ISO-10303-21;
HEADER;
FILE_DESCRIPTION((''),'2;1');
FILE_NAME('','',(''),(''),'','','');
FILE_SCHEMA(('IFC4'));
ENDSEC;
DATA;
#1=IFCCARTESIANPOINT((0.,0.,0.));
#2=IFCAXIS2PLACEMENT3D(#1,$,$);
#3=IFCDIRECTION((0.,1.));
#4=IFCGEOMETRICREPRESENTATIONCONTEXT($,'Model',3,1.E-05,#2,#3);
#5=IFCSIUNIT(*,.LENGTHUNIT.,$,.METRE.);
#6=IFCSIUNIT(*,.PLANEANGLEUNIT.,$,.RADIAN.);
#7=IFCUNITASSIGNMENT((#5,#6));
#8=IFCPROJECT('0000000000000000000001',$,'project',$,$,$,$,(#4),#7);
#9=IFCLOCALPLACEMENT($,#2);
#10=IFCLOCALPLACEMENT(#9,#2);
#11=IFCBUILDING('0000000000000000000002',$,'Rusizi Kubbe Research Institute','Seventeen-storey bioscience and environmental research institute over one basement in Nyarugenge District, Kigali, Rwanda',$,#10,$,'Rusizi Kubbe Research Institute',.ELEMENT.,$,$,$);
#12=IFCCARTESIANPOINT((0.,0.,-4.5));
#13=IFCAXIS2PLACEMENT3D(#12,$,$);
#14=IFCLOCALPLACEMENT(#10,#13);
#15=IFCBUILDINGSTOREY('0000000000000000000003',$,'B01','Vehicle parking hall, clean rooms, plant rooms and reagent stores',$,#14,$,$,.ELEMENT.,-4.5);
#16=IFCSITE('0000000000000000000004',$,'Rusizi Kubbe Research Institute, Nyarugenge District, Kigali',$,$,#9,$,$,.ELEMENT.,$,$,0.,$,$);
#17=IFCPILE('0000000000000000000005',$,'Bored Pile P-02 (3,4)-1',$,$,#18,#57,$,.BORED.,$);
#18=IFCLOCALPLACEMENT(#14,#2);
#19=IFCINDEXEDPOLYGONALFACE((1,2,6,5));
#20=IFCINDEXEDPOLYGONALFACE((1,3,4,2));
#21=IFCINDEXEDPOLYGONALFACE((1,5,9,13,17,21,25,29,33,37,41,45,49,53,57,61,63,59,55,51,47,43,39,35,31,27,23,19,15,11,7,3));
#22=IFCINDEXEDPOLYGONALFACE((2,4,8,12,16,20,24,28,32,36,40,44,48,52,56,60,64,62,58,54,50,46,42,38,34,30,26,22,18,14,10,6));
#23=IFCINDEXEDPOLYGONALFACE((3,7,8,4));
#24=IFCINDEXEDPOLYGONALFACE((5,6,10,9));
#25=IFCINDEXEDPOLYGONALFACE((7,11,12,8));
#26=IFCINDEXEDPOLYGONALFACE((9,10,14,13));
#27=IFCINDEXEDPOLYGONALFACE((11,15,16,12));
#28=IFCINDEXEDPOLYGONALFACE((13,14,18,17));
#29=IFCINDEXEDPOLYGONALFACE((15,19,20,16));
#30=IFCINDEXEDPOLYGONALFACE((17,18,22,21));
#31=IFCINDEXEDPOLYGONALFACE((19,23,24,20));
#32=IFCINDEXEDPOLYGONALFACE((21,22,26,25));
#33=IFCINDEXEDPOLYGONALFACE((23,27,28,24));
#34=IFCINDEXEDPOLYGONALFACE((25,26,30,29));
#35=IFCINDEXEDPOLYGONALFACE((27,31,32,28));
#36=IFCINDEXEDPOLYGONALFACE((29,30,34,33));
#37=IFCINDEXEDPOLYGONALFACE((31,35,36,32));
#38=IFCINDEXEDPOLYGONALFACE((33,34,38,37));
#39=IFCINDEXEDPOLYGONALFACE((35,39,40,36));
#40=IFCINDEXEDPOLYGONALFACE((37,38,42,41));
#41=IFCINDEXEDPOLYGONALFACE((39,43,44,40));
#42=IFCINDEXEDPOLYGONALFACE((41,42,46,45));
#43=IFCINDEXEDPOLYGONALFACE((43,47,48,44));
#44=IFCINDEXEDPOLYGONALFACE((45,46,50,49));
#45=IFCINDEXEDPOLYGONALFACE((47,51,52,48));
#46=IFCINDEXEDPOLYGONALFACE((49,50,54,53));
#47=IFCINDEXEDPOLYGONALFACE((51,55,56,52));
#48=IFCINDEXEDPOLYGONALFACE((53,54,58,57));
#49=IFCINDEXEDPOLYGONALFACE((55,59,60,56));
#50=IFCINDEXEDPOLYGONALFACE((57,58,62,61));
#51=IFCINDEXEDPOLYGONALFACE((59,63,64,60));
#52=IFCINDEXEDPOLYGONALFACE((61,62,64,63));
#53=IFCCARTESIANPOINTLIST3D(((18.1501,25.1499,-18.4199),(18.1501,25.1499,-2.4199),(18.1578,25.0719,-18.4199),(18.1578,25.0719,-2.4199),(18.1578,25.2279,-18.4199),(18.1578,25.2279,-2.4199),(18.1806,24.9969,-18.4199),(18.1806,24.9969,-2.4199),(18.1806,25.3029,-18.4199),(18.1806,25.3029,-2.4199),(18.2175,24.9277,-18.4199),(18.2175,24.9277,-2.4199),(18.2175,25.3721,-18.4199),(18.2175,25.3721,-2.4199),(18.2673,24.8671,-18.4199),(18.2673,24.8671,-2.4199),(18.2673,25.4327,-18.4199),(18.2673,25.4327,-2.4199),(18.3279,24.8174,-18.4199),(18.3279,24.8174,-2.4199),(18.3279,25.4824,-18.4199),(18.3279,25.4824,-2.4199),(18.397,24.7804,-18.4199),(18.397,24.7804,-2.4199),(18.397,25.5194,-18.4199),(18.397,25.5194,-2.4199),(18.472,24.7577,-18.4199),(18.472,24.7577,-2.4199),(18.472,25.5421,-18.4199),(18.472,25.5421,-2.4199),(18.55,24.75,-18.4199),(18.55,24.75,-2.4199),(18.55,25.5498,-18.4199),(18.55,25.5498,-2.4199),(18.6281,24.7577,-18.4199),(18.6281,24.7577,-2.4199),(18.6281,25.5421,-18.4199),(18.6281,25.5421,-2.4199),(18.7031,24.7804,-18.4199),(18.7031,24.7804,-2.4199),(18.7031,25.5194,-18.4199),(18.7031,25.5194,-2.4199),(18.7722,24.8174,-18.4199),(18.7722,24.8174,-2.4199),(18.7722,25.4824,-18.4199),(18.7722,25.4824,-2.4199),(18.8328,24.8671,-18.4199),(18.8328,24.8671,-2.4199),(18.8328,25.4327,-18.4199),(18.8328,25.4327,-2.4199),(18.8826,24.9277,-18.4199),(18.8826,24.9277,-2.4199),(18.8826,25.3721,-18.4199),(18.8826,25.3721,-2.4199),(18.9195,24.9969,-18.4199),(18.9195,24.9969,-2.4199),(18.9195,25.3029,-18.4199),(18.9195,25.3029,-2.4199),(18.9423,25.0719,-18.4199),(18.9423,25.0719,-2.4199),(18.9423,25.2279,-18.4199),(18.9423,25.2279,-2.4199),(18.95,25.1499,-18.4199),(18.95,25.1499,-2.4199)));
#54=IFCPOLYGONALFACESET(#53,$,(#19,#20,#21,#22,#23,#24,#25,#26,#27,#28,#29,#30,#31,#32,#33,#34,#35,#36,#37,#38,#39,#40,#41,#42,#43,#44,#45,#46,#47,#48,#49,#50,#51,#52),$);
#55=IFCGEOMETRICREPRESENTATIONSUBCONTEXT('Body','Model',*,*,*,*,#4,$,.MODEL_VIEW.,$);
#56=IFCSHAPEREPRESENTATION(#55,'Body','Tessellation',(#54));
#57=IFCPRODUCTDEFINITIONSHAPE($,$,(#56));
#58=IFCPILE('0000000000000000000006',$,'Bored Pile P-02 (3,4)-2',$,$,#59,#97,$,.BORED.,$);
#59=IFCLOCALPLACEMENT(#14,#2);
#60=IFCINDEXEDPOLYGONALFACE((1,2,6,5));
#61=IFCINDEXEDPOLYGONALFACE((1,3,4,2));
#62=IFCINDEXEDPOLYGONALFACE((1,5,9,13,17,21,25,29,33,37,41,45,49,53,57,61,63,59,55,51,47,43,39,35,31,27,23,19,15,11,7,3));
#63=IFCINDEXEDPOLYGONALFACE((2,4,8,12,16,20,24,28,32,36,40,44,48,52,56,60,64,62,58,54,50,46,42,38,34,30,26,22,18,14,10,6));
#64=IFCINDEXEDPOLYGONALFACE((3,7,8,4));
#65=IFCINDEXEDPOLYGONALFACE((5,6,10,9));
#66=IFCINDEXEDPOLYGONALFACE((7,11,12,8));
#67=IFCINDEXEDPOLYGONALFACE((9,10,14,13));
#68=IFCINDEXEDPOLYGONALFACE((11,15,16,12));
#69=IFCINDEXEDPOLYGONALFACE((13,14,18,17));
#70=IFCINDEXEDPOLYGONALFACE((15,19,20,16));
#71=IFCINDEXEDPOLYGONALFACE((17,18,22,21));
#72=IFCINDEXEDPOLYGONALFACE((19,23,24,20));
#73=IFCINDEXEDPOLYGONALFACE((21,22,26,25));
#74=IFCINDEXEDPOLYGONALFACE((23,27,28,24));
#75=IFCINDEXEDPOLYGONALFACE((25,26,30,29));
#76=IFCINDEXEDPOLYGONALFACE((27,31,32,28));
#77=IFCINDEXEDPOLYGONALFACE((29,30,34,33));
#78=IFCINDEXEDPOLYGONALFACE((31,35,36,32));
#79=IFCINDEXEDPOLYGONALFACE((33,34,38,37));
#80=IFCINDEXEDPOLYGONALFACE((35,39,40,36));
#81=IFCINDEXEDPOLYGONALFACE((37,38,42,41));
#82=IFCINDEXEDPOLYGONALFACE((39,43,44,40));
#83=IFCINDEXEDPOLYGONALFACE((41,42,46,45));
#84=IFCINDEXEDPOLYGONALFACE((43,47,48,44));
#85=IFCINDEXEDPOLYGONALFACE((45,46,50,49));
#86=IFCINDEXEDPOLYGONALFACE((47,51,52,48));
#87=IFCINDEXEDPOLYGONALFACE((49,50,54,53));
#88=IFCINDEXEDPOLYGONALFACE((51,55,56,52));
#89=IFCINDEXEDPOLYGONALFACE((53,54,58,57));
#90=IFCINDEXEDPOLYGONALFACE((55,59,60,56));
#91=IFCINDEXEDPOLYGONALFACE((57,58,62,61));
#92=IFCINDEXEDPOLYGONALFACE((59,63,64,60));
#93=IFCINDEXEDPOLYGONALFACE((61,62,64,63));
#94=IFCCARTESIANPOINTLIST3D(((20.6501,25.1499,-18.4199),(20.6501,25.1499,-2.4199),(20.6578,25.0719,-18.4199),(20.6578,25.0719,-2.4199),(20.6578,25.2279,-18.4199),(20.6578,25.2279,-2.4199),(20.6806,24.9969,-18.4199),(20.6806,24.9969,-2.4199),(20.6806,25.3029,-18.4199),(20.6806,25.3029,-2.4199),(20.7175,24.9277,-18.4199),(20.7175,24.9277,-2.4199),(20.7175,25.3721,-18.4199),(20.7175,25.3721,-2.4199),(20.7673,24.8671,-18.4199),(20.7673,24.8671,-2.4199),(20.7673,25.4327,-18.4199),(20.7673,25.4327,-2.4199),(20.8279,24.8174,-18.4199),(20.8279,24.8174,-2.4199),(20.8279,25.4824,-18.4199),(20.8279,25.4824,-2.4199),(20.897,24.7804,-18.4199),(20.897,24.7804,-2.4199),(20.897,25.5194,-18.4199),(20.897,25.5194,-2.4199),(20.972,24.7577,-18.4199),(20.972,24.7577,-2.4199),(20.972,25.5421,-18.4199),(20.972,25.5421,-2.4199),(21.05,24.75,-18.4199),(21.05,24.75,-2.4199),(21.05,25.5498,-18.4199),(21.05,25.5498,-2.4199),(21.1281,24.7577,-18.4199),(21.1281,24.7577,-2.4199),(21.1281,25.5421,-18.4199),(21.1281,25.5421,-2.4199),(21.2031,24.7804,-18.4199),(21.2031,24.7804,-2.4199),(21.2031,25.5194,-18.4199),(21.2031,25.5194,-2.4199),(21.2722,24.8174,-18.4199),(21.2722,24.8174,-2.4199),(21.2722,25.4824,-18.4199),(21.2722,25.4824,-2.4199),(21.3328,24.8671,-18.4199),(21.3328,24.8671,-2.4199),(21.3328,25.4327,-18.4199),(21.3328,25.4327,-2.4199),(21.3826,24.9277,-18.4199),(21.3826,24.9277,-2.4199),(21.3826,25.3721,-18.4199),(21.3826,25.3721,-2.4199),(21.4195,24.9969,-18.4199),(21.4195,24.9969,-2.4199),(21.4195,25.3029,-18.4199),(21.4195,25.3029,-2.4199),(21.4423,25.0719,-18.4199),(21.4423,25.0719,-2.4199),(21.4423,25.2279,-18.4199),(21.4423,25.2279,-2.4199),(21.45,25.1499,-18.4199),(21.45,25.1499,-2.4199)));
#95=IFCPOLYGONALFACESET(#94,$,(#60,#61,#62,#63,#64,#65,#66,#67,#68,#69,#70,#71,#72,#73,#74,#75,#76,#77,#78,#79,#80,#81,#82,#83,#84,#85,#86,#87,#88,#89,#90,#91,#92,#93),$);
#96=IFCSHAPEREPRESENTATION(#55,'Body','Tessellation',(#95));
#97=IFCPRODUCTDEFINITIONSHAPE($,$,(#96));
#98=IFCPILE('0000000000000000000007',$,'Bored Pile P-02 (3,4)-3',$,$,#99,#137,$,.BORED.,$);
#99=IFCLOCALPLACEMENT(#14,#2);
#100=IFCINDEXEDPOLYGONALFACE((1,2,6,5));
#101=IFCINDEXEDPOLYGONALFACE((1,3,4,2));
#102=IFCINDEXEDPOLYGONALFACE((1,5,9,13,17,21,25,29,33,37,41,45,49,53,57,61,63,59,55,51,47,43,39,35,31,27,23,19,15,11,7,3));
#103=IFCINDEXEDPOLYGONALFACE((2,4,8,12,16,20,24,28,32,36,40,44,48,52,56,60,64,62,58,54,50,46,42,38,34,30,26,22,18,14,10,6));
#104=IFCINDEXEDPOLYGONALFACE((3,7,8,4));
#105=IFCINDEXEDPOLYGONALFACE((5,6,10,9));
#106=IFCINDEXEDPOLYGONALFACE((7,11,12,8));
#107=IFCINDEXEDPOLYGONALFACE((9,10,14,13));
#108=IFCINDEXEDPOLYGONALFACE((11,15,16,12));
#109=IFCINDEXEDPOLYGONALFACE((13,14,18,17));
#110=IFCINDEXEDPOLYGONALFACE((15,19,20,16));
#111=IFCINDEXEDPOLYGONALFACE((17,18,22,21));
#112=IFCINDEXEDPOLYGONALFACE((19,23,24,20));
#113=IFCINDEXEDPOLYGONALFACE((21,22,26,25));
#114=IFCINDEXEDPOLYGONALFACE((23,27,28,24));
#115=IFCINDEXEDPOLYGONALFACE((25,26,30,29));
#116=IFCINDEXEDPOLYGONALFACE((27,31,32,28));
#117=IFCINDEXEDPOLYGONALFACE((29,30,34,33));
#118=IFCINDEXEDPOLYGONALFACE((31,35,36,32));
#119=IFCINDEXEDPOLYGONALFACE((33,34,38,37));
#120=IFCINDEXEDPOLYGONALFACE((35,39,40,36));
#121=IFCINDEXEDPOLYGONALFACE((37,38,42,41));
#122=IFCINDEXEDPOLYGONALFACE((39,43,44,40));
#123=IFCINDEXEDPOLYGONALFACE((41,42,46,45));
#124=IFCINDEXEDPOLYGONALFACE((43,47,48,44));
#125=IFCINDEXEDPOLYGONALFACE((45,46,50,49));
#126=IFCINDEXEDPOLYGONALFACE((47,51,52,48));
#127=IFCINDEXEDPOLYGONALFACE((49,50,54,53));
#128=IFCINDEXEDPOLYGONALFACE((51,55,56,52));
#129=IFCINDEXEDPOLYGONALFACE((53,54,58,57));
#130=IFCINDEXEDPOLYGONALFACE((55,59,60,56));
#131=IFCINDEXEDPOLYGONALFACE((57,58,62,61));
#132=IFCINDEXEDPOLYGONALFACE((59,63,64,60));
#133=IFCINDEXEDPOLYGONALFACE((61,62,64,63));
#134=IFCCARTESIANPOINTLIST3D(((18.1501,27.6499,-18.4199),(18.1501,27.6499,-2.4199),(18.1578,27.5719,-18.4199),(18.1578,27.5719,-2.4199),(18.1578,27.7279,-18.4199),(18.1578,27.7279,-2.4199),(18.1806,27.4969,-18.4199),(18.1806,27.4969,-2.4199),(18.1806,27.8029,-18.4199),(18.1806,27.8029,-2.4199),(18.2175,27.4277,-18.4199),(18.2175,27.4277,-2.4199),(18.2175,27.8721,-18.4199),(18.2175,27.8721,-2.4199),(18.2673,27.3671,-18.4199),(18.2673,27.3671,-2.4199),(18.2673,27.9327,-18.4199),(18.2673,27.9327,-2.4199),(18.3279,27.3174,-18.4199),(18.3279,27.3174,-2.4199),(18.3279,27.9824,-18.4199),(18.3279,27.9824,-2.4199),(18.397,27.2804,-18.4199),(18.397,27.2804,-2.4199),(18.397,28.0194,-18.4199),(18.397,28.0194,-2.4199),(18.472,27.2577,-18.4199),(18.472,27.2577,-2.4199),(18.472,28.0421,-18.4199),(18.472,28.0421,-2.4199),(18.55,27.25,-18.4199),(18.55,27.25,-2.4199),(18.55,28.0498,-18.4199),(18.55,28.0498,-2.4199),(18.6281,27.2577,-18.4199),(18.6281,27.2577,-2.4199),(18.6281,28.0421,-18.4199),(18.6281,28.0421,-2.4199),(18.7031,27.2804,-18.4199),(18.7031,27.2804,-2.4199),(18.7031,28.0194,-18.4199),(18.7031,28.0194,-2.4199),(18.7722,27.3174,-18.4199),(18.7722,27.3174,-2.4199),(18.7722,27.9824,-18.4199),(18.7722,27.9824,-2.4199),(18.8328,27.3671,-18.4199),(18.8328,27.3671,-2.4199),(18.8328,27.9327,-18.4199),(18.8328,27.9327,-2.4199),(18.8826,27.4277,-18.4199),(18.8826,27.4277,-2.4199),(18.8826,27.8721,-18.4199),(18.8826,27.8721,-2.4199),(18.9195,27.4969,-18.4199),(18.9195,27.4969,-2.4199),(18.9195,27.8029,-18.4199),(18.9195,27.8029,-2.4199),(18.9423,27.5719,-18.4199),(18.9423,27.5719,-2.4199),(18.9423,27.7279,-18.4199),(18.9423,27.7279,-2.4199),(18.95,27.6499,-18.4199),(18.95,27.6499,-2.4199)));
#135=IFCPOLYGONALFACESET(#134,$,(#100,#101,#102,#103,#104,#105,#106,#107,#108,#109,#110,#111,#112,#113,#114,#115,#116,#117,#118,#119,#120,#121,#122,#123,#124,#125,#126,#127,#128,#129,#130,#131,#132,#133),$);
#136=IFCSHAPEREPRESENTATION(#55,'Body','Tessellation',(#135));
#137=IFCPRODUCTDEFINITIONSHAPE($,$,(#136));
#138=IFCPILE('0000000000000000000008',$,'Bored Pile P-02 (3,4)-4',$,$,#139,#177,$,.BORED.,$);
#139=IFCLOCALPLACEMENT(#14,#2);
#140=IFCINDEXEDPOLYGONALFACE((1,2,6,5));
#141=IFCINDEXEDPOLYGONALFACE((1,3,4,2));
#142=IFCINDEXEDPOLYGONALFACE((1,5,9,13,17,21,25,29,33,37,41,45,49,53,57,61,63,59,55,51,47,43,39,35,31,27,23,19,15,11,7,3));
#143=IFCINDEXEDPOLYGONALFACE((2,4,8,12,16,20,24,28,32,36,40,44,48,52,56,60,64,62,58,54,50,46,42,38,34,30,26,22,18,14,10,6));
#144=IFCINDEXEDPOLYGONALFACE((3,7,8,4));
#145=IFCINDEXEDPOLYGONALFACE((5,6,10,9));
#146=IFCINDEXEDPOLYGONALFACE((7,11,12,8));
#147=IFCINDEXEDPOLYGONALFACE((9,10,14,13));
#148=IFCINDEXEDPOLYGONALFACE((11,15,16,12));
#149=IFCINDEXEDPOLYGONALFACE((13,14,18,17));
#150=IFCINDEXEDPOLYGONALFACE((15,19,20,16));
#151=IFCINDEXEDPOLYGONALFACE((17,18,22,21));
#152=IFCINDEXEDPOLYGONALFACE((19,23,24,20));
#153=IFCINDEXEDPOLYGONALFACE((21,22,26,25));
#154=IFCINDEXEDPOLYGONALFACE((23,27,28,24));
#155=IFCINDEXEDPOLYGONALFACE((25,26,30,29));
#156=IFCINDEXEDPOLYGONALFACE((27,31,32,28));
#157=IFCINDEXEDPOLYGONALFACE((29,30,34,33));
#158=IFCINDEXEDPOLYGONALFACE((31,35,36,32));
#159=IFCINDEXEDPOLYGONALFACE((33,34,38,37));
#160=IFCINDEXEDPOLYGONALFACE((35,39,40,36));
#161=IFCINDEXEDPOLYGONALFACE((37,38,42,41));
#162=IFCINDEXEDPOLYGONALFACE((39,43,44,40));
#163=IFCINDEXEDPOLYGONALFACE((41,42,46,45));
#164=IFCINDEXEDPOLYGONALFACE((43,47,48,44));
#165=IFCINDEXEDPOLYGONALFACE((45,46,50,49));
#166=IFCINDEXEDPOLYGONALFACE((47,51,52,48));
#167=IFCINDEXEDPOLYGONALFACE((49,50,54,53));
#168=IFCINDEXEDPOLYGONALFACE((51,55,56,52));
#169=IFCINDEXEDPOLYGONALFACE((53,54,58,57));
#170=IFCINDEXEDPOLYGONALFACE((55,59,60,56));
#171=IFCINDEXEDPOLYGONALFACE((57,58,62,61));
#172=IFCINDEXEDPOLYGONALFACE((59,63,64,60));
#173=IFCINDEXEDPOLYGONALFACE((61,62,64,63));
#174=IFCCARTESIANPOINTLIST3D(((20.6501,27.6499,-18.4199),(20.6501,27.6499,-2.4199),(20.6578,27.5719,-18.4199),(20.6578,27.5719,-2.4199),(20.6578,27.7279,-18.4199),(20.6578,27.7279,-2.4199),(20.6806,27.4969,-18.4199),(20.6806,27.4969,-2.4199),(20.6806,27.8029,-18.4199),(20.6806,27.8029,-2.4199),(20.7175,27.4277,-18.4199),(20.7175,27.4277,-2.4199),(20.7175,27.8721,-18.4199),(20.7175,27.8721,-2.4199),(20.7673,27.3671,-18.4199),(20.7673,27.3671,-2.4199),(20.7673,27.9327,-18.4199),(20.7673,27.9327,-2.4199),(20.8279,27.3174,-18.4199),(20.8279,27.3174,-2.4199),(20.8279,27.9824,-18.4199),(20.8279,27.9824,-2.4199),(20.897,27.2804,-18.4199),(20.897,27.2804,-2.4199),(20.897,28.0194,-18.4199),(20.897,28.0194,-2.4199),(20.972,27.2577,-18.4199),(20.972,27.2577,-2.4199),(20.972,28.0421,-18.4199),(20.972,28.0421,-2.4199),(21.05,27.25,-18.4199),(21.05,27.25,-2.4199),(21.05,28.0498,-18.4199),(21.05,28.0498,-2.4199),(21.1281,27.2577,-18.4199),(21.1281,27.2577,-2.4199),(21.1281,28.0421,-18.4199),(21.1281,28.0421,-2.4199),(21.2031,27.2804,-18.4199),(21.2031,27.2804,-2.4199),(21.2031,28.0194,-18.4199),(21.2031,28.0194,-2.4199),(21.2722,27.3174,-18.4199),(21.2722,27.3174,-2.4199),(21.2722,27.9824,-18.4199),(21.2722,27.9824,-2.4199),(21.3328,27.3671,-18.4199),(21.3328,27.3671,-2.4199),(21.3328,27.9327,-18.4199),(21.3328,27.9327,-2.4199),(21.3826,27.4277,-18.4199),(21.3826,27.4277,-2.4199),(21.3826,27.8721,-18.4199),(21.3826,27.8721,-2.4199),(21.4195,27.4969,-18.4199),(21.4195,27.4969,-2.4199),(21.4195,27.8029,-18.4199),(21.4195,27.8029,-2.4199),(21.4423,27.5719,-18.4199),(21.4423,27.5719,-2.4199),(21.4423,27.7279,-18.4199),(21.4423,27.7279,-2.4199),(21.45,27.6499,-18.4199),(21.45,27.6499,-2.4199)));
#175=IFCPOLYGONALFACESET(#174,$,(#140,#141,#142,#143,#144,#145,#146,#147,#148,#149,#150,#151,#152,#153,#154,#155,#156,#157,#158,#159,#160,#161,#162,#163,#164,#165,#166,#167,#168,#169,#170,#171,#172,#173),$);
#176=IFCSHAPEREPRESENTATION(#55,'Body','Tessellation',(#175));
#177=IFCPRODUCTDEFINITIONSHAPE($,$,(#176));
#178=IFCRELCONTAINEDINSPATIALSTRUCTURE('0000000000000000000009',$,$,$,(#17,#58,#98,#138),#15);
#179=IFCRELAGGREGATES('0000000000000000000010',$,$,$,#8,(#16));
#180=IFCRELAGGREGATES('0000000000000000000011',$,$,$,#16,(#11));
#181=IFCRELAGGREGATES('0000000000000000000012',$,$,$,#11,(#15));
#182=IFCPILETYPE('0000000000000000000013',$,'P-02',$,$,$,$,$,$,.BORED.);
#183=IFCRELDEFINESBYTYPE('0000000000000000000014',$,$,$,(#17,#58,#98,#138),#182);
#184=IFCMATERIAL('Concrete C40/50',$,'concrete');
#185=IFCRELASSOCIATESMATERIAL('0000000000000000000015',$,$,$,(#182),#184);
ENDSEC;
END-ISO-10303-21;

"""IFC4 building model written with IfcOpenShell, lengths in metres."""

from ifc_helpers import new_model, si_unit, direction, frame, origin, origin_2d, place, context, subcontext, project, spatial, circle, extrude, material, material_profile, profile_set, type_object, element, save


model = new_model("IFC4")

# Units and contexts
model_context = context("Model", 3, precision=1e-05, world=origin(), true_north=direction((0.0, 1.0)))
body_context = subcontext(model_context, "Body", "Model", "MODEL_VIEW")
ifc_project = project(units=[si_unit("LENGTHUNIT", "METRE"), si_unit("PLANEANGLEUNIT", "RADIAN")], contexts=[model_context])

# Site, building, storey
site_placement = place(None, origin())
site = spatial("IfcSite", under=ifc_project, at=site_placement, Name="Rusizi Kubbe Research Institute, Nyarugenge District, Kigali", CompositionType="ELEMENT", RefElevation=0.0)
building_placement = place(site_placement, origin())
building = spatial("IfcBuilding", under=site, at=building_placement, Name="Rusizi Kubbe Research Institute", Description="Seventeen-storey bioscience and environmental research institute over one basement in Nyarugenge District, Kigali, Rwanda", LongName="Rusizi Kubbe Research Institute", CompositionType="ELEMENT")
storey_placement = place(building_placement, frame((0.0, 0.0, -4.5)))
storey = spatial("IfcBuildingStorey", under=building, at=storey_placement, Name="B01", Description="Vehicle parking hall, clean rooms, plant rooms and reagent stores", CompositionType="ELEMENT", Elevation=-4.5)

# Piles
ifc_material_1 = material(Name="Concrete C40/50", Category="concrete")
ifc_material_profile_1 = material_profile(ifc_material_1, circle(Radius=0.3999, at=origin_2d()), Name="PILE-D800")
ifc_profile_set_1 = profile_set([ifc_material_profile_1], Name="Concrete C40/50")
pile_type_1 = type_object("IfcPileType", Name="P-02", PredefinedType="BORED", material=ifc_profile_set_1)
for number, where, z_axis, x_axis, name in (
    (1, (18.55, 25.1499, -2.4199), (0.0, 0.0, -1.0), (1.0, 0.0, 0.0), "Bored Pile P-02 (3,4)-1"),
    (2, (21.05, 25.1499, -2.4199), (0.0, 0.0, -1.0), (1.0, 0.0, 0.0), "Bored Pile P-02 (3,4)-2"),
    (3, (18.55, 27.6499, -2.4199), (0.0, 0.0, -1.0), (1.0, 0.0, 0.0), "Bored Pile P-02 (3,4)-3"),
    (4, (21.05, 27.6499, -2.4199), (0.0, 0.0, -1.0), (1.0, 0.0, 0.0), "Bored Pile P-02 (3,4)-4"),
):
    element("IfcPile", number, at=place(storey_placement, frame(where, z_axis=z_axis, x_axis=x_axis)), inside=storey, type_object=pile_type_1, Name=name, PredefinedType="BORED", context=body_context, shape_type="SweptSolid", body=[
        extrude(circle(Radius=0.3999, at=origin_2d()), origin(), (0.0, 0.0, 1.0), 16.0),
    ])

save(model, "model.ifc")
